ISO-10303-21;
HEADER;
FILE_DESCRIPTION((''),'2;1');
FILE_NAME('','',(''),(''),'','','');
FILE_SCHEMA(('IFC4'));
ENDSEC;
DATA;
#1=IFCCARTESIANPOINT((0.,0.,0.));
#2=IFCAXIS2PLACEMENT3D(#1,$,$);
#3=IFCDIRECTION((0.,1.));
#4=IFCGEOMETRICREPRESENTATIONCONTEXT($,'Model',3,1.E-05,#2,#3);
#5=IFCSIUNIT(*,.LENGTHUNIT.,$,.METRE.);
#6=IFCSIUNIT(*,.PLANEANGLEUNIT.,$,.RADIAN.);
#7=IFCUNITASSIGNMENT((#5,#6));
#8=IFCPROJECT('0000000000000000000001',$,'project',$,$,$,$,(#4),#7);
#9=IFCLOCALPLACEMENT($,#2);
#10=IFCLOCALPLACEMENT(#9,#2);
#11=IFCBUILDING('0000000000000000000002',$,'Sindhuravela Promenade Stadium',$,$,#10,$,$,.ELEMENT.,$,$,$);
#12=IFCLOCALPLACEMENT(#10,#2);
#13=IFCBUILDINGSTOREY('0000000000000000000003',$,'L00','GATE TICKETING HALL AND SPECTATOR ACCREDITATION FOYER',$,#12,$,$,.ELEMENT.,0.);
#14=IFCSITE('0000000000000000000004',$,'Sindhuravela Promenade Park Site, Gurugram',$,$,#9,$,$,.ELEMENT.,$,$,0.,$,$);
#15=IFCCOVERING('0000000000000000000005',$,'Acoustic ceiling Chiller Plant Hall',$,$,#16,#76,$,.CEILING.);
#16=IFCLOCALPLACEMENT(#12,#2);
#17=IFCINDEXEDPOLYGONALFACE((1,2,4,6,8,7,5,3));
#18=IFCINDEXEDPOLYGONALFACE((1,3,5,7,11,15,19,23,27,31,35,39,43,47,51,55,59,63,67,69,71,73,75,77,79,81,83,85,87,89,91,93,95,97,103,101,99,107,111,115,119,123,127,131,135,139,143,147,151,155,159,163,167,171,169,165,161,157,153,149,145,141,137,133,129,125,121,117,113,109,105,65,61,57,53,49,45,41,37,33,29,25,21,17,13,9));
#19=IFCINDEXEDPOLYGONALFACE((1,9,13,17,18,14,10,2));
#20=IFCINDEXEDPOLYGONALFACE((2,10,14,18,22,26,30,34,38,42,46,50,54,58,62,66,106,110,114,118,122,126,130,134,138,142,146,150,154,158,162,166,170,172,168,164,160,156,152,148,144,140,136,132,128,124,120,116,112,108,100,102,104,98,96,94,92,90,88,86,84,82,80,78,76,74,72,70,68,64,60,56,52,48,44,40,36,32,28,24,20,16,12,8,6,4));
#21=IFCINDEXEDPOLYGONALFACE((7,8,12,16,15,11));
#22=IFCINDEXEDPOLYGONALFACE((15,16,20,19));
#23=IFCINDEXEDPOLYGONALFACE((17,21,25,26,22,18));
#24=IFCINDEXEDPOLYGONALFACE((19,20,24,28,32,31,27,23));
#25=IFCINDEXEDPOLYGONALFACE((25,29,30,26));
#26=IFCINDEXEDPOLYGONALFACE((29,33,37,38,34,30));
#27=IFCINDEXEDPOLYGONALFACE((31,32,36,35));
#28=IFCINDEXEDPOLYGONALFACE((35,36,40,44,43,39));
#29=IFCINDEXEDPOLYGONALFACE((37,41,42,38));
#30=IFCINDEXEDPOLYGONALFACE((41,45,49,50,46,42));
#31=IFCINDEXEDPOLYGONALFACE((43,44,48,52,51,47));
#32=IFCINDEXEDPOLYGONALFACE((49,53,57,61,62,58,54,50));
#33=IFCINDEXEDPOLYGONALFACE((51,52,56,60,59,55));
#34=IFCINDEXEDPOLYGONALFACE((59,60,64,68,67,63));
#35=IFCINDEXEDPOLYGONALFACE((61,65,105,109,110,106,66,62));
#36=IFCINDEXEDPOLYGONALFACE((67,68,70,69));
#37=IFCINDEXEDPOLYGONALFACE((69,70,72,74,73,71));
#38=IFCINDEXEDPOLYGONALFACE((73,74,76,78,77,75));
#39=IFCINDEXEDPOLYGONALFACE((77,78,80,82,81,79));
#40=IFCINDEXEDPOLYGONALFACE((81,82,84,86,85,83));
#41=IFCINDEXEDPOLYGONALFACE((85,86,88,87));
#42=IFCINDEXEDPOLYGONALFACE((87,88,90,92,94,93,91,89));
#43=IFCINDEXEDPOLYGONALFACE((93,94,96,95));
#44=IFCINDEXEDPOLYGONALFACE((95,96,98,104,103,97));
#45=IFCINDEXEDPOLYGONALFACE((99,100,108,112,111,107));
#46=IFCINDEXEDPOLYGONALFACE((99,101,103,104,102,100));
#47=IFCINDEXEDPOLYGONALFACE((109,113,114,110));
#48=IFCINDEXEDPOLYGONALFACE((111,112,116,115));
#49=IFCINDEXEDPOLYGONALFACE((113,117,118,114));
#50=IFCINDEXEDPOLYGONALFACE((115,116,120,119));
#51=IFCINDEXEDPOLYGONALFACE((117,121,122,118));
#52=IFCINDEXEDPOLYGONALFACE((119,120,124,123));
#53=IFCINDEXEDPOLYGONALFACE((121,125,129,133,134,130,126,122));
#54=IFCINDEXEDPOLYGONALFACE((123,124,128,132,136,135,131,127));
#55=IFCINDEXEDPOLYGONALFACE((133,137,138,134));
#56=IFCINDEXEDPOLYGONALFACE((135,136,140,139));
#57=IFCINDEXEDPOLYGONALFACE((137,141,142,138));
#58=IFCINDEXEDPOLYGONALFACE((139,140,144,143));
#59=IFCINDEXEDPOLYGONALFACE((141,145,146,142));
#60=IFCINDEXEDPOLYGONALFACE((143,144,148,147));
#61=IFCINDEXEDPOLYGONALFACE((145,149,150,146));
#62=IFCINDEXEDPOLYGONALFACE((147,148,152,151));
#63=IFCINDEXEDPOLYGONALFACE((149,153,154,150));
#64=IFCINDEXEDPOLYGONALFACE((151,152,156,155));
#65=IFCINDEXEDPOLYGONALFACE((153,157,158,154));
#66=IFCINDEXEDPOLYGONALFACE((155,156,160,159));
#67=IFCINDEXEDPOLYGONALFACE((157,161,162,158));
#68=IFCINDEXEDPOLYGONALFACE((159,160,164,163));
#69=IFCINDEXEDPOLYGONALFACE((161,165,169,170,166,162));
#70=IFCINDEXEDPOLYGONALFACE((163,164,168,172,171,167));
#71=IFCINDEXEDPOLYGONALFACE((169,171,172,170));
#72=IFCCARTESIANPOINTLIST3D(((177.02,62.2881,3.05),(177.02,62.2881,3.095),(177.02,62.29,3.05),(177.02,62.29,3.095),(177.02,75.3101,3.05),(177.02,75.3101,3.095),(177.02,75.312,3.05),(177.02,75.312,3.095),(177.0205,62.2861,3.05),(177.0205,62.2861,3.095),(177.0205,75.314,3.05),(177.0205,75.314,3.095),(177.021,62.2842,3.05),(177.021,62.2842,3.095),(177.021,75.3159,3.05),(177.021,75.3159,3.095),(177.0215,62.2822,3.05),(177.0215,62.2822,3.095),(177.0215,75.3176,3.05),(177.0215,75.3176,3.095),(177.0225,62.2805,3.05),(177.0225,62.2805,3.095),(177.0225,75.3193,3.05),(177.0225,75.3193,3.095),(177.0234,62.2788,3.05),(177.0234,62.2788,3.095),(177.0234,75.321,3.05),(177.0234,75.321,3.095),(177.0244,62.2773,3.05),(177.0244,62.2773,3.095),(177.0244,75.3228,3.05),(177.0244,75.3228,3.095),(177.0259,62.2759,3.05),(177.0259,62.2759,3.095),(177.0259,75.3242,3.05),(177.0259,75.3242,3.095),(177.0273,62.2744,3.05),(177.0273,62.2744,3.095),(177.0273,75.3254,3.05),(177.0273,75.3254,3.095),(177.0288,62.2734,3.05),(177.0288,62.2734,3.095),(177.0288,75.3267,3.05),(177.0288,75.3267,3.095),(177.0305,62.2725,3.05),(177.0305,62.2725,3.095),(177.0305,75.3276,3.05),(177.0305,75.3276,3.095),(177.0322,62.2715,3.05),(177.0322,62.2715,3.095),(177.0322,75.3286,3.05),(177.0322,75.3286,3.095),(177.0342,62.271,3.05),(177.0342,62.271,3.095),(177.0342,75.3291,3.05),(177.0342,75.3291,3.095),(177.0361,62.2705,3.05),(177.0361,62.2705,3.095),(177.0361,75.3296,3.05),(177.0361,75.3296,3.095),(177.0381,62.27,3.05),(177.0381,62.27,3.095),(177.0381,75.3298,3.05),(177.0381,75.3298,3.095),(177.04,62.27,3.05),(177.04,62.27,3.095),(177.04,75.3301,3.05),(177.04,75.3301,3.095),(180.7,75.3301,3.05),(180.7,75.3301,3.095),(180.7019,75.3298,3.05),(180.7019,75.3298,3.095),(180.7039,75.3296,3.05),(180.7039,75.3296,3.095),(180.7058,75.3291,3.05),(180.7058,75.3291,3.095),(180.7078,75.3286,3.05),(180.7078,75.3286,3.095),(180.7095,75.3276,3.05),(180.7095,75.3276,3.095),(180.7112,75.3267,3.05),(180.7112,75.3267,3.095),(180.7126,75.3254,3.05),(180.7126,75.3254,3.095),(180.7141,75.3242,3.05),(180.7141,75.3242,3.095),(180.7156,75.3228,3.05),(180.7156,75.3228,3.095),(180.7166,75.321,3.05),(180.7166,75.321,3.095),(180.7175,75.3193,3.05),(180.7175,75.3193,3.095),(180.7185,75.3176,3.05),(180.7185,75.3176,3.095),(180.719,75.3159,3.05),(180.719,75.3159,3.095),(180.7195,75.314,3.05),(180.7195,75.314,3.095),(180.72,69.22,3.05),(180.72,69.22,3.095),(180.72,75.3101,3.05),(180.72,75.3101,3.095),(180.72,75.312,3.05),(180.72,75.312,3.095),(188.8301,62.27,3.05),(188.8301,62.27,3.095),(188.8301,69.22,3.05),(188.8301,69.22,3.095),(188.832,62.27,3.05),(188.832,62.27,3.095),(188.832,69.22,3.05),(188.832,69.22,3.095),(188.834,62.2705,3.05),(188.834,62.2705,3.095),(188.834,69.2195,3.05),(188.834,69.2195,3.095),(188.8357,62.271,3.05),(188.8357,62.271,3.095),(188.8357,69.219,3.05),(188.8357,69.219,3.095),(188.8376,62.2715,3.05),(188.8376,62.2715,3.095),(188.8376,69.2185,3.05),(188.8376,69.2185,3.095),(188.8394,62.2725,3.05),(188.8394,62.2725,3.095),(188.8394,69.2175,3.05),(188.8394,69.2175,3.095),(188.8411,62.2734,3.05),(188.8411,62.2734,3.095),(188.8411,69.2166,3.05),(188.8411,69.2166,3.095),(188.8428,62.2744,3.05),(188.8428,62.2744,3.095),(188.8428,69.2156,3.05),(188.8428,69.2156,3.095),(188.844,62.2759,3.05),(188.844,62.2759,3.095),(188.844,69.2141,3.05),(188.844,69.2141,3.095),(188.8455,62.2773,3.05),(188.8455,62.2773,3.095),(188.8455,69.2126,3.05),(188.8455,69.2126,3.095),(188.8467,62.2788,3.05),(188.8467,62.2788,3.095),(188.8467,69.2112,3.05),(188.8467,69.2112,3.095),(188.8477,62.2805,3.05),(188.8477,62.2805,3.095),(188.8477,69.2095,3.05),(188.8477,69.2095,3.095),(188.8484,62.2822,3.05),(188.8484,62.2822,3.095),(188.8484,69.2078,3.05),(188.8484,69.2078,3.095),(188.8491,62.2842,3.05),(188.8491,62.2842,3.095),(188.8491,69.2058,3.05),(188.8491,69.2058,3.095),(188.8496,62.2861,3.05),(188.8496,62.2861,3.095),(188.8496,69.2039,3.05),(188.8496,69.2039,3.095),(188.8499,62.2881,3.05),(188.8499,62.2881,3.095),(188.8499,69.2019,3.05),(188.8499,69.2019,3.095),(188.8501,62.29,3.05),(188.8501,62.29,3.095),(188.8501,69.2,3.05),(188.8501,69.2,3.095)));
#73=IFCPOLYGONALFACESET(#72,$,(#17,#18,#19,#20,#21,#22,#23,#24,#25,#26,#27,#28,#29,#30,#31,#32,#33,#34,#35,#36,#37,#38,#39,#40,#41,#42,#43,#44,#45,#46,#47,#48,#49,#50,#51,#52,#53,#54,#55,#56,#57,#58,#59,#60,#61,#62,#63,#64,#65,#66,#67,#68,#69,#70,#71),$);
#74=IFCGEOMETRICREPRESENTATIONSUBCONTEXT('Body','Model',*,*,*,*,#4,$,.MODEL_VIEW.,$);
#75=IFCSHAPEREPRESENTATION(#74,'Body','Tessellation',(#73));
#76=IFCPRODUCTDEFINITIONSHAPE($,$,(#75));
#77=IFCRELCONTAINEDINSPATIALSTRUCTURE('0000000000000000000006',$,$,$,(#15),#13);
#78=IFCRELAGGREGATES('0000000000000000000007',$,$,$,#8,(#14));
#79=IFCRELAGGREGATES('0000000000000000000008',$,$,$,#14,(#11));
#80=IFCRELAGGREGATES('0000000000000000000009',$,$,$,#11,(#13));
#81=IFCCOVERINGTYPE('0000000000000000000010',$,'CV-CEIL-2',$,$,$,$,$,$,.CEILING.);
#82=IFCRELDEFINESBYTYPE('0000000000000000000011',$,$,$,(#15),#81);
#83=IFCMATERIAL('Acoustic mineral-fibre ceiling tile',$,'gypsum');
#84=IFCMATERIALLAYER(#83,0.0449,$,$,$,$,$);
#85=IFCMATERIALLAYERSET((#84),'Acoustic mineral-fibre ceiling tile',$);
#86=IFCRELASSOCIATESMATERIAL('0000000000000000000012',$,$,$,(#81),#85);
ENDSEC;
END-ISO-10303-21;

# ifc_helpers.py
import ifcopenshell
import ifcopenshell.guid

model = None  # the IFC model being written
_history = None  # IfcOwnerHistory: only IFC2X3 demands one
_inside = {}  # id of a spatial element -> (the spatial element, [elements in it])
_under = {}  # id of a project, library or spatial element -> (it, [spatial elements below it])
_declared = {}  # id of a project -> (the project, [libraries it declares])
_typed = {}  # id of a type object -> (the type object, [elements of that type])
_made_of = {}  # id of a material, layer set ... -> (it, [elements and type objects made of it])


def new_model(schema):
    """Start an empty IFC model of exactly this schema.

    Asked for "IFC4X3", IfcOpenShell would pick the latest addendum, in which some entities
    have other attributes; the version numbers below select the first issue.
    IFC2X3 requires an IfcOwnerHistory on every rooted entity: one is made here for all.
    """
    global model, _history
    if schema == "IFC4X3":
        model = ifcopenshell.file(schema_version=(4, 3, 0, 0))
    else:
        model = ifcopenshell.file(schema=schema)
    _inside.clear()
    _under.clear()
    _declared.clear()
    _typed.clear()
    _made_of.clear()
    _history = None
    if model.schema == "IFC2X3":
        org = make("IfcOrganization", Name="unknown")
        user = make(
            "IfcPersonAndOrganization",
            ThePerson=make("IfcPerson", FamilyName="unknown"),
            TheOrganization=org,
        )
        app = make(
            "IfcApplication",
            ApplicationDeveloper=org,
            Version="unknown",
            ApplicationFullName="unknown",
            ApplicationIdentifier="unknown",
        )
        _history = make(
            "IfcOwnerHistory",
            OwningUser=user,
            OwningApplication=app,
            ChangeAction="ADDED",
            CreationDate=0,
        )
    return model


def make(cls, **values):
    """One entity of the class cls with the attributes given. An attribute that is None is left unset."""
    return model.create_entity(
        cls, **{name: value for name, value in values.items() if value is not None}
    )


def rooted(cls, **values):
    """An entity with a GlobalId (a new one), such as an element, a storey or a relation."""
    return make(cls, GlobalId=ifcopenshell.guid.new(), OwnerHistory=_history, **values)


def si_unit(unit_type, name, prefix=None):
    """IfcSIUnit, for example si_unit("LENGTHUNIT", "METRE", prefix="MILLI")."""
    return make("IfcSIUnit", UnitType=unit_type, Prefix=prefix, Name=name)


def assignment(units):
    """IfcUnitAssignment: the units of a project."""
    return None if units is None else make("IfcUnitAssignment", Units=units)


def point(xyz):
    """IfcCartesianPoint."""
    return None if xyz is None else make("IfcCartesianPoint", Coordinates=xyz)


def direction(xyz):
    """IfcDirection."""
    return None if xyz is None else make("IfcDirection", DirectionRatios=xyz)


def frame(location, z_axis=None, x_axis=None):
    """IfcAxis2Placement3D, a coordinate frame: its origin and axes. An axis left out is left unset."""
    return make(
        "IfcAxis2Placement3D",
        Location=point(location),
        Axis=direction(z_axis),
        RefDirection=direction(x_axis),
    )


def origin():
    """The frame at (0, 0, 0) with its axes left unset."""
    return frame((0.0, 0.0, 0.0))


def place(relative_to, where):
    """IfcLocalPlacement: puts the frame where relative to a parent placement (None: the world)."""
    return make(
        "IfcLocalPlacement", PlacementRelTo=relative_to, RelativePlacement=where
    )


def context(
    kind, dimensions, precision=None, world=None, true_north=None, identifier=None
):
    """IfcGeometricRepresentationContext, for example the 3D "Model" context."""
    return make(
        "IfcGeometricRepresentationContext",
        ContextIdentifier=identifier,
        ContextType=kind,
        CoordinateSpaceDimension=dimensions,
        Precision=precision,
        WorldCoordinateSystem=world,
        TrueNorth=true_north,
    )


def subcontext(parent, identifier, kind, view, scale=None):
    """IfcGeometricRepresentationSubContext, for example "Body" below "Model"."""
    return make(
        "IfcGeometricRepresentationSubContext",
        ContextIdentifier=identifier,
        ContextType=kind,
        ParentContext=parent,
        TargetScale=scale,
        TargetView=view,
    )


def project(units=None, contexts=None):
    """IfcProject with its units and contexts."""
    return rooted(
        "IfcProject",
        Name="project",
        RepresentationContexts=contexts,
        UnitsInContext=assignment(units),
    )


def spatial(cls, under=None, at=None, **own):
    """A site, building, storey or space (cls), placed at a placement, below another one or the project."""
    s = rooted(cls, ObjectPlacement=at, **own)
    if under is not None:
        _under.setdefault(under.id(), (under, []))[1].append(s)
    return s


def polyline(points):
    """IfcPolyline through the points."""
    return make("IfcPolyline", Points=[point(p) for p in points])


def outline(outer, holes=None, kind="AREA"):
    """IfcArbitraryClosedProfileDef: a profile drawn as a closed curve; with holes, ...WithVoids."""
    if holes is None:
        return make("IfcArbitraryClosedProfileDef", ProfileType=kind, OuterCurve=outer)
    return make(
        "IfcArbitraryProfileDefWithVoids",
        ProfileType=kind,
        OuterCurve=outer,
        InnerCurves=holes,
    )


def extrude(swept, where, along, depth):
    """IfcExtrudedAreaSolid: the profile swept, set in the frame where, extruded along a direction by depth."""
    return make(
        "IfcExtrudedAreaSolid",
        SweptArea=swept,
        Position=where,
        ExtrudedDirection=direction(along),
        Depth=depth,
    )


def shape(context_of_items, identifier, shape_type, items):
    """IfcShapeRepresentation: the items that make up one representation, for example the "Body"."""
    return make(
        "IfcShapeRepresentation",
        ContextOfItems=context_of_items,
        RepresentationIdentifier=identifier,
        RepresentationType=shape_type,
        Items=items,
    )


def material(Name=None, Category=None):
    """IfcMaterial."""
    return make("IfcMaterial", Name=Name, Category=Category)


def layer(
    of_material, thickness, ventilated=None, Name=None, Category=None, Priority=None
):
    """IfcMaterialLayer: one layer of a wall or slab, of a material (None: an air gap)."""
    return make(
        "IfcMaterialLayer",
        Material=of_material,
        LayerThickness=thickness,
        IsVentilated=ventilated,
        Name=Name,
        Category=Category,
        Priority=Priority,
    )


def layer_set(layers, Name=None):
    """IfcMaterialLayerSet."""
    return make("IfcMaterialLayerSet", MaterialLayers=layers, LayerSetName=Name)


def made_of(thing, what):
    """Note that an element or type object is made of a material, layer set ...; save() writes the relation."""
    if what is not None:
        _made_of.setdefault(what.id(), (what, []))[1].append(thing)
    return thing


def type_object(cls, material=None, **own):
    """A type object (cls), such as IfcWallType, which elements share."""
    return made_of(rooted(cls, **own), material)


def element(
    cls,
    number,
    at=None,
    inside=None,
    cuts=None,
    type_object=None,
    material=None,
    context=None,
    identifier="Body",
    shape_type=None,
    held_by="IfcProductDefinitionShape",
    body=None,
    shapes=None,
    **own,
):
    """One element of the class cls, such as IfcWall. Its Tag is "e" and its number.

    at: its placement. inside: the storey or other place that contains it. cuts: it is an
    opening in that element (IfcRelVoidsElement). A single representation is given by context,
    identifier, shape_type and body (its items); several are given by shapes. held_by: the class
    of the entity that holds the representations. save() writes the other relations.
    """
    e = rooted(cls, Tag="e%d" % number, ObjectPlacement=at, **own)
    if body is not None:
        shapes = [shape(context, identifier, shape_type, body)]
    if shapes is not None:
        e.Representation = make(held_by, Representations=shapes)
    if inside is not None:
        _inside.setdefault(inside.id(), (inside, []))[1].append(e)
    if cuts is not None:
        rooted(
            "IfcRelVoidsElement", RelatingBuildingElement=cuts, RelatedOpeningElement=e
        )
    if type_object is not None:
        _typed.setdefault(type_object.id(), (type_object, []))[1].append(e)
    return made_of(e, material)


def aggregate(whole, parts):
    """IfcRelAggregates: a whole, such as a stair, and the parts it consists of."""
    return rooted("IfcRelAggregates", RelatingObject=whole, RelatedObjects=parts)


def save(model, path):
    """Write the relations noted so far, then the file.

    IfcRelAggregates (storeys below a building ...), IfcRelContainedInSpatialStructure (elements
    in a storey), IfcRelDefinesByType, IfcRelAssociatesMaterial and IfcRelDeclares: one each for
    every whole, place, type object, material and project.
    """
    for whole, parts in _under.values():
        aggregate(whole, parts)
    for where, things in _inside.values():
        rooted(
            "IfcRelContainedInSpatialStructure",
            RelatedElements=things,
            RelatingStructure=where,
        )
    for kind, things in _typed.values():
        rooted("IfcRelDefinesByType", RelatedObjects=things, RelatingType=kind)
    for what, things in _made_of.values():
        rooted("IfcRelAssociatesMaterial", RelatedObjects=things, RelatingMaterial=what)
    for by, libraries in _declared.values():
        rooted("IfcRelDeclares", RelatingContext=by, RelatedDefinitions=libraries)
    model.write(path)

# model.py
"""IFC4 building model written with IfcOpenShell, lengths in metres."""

from ifc_helpers import new_model, si_unit, direction, frame, origin, place, context, subcontext, project, spatial, polyline, outline, extrude, material, layer, layer_set, type_object, element, save


model = new_model("IFC4")

# Units and contexts
model_context = context("Model", 3, precision=1e-05, world=origin(), true_north=direction((0.0, 1.0)))
body_context = subcontext(model_context, "Body", "Model", "MODEL_VIEW")
ifc_project = project(units=[si_unit("LENGTHUNIT", "METRE"), si_unit("PLANEANGLEUNIT", "RADIAN")], contexts=[model_context])

# Site, building, storey
site_placement = place(None, origin())
site = spatial("IfcSite", under=ifc_project, at=site_placement, Name="Sindhuravela Promenade Park Site, Gurugram", CompositionType="ELEMENT", RefElevation=0.0)
building_placement = place(site_placement, origin())
building = spatial("IfcBuilding", under=site, at=building_placement, Name="Sindhuravela Promenade Stadium", CompositionType="ELEMENT")
storey_placement = place(building_placement, origin())
storey = spatial("IfcBuildingStorey", under=building, at=storey_placement, Name="L00", Description="GATE TICKETING HALL AND SPECTATOR ACCREDITATION FOYER", CompositionType="ELEMENT", Elevation=0.0)

# Covering
ifc_material = material(Name="Acoustic mineral-fibre ceiling tile", Category="gypsum")
ifc_layer_1 = layer(ifc_material, 0.0449)
ifc_layer_set_1 = layer_set([ifc_layer_1], Name="Acoustic mineral-fibre ceiling tile")
covering_type_1 = type_object("IfcCoveringType", Name="CV-CEIL-2", PredefinedType="CEILING", material=ifc_layer_set_1)
covering_1_placement = place(storey_placement, frame((0.0, 0.0, 3.05)))
element("IfcCovering", 1, at=covering_1_placement, inside=storey, type_object=covering_type_1, Name="Acoustic ceiling Chiller Plant Hall", PredefinedType="CEILING", context=body_context, shape_type="SweptSolid", body=[
    extrude(outline(polyline([(177.04, 62.27), (177.0381, 62.27), (177.0361, 62.2705), (177.0342, 62.271), (177.0322, 62.2715), (177.0305, 62.2725), (177.0288, 62.2734), (177.0273, 62.2744), (177.0259, 62.2759), (177.0244, 62.2773), (177.0234, 62.2788), (177.0225, 62.2805), (177.0215, 62.2822), (177.021, 62.2842), (177.0205, 62.2861), (177.02, 62.2881), (177.02, 62.29), (177.02, 75.3101), (177.02, 75.312), (177.0205, 75.314), (177.021, 75.3159), (177.0215, 75.3176), (177.0225, 75.3193), (177.0234, 75.321), (177.0244, 75.3228), (177.0259, 75.3242), (177.0273, 75.3254), (177.0288, 75.3267), (177.0305, 75.3276), (177.0322, 75.3286), (177.0342, 75.3291), (177.0361, 75.3296), (177.0381, 75.3298), (177.04, 75.3301), (180.7, 75.3301), (180.7019, 75.3298), (180.7039, 75.3296), (180.7058, 75.3291), (180.7078, 75.3286), (180.7095, 75.3276), (180.7112, 75.3267), (180.7126, 75.3254), (180.7141, 75.3242), (180.7156, 75.3228), (180.7166, 75.321), (180.7175, 75.3193), (180.7185, 75.3176), (180.719, 75.3159), (180.7195, 75.314), (180.72, 75.312), (180.72, 75.3101), (180.72, 69.22), (188.8301, 69.22), (188.832, 69.22), (188.834, 69.2195), (188.8357, 69.219), (188.8376, 69.2185), (188.8394, 69.2175), (188.8411, 69.2166), (188.8428, 69.2156), (188.844, 69.2141), (188.8455, 69.2126), (188.8467, 69.2112), (188.8477, 69.2095), (188.8484, 69.2078), (188.8491, 69.2058), (188.8496, 69.2039), (188.8499, 69.2019), (188.8501, 69.2), (188.8501, 62.29), (188.8499, 62.2881), (188.8496, 62.2861), (188.8491, 62.2842), (188.8484, 62.2822), (188.8477, 62.2805), (188.8467, 62.2788), (188.8455, 62.2773), (188.844, 62.2759), (188.8428, 62.2744), (188.8411, 62.2734), (188.8394, 62.2725), (188.8376, 62.2715), (188.8357, 62.271), (188.834, 62.2705), (188.832, 62.27), (188.8301, 62.27), (177.04, 62.27)])), origin(), (0.0, 0.0, 1.0), 0.0449),
])

save(model, "model.ifc")
